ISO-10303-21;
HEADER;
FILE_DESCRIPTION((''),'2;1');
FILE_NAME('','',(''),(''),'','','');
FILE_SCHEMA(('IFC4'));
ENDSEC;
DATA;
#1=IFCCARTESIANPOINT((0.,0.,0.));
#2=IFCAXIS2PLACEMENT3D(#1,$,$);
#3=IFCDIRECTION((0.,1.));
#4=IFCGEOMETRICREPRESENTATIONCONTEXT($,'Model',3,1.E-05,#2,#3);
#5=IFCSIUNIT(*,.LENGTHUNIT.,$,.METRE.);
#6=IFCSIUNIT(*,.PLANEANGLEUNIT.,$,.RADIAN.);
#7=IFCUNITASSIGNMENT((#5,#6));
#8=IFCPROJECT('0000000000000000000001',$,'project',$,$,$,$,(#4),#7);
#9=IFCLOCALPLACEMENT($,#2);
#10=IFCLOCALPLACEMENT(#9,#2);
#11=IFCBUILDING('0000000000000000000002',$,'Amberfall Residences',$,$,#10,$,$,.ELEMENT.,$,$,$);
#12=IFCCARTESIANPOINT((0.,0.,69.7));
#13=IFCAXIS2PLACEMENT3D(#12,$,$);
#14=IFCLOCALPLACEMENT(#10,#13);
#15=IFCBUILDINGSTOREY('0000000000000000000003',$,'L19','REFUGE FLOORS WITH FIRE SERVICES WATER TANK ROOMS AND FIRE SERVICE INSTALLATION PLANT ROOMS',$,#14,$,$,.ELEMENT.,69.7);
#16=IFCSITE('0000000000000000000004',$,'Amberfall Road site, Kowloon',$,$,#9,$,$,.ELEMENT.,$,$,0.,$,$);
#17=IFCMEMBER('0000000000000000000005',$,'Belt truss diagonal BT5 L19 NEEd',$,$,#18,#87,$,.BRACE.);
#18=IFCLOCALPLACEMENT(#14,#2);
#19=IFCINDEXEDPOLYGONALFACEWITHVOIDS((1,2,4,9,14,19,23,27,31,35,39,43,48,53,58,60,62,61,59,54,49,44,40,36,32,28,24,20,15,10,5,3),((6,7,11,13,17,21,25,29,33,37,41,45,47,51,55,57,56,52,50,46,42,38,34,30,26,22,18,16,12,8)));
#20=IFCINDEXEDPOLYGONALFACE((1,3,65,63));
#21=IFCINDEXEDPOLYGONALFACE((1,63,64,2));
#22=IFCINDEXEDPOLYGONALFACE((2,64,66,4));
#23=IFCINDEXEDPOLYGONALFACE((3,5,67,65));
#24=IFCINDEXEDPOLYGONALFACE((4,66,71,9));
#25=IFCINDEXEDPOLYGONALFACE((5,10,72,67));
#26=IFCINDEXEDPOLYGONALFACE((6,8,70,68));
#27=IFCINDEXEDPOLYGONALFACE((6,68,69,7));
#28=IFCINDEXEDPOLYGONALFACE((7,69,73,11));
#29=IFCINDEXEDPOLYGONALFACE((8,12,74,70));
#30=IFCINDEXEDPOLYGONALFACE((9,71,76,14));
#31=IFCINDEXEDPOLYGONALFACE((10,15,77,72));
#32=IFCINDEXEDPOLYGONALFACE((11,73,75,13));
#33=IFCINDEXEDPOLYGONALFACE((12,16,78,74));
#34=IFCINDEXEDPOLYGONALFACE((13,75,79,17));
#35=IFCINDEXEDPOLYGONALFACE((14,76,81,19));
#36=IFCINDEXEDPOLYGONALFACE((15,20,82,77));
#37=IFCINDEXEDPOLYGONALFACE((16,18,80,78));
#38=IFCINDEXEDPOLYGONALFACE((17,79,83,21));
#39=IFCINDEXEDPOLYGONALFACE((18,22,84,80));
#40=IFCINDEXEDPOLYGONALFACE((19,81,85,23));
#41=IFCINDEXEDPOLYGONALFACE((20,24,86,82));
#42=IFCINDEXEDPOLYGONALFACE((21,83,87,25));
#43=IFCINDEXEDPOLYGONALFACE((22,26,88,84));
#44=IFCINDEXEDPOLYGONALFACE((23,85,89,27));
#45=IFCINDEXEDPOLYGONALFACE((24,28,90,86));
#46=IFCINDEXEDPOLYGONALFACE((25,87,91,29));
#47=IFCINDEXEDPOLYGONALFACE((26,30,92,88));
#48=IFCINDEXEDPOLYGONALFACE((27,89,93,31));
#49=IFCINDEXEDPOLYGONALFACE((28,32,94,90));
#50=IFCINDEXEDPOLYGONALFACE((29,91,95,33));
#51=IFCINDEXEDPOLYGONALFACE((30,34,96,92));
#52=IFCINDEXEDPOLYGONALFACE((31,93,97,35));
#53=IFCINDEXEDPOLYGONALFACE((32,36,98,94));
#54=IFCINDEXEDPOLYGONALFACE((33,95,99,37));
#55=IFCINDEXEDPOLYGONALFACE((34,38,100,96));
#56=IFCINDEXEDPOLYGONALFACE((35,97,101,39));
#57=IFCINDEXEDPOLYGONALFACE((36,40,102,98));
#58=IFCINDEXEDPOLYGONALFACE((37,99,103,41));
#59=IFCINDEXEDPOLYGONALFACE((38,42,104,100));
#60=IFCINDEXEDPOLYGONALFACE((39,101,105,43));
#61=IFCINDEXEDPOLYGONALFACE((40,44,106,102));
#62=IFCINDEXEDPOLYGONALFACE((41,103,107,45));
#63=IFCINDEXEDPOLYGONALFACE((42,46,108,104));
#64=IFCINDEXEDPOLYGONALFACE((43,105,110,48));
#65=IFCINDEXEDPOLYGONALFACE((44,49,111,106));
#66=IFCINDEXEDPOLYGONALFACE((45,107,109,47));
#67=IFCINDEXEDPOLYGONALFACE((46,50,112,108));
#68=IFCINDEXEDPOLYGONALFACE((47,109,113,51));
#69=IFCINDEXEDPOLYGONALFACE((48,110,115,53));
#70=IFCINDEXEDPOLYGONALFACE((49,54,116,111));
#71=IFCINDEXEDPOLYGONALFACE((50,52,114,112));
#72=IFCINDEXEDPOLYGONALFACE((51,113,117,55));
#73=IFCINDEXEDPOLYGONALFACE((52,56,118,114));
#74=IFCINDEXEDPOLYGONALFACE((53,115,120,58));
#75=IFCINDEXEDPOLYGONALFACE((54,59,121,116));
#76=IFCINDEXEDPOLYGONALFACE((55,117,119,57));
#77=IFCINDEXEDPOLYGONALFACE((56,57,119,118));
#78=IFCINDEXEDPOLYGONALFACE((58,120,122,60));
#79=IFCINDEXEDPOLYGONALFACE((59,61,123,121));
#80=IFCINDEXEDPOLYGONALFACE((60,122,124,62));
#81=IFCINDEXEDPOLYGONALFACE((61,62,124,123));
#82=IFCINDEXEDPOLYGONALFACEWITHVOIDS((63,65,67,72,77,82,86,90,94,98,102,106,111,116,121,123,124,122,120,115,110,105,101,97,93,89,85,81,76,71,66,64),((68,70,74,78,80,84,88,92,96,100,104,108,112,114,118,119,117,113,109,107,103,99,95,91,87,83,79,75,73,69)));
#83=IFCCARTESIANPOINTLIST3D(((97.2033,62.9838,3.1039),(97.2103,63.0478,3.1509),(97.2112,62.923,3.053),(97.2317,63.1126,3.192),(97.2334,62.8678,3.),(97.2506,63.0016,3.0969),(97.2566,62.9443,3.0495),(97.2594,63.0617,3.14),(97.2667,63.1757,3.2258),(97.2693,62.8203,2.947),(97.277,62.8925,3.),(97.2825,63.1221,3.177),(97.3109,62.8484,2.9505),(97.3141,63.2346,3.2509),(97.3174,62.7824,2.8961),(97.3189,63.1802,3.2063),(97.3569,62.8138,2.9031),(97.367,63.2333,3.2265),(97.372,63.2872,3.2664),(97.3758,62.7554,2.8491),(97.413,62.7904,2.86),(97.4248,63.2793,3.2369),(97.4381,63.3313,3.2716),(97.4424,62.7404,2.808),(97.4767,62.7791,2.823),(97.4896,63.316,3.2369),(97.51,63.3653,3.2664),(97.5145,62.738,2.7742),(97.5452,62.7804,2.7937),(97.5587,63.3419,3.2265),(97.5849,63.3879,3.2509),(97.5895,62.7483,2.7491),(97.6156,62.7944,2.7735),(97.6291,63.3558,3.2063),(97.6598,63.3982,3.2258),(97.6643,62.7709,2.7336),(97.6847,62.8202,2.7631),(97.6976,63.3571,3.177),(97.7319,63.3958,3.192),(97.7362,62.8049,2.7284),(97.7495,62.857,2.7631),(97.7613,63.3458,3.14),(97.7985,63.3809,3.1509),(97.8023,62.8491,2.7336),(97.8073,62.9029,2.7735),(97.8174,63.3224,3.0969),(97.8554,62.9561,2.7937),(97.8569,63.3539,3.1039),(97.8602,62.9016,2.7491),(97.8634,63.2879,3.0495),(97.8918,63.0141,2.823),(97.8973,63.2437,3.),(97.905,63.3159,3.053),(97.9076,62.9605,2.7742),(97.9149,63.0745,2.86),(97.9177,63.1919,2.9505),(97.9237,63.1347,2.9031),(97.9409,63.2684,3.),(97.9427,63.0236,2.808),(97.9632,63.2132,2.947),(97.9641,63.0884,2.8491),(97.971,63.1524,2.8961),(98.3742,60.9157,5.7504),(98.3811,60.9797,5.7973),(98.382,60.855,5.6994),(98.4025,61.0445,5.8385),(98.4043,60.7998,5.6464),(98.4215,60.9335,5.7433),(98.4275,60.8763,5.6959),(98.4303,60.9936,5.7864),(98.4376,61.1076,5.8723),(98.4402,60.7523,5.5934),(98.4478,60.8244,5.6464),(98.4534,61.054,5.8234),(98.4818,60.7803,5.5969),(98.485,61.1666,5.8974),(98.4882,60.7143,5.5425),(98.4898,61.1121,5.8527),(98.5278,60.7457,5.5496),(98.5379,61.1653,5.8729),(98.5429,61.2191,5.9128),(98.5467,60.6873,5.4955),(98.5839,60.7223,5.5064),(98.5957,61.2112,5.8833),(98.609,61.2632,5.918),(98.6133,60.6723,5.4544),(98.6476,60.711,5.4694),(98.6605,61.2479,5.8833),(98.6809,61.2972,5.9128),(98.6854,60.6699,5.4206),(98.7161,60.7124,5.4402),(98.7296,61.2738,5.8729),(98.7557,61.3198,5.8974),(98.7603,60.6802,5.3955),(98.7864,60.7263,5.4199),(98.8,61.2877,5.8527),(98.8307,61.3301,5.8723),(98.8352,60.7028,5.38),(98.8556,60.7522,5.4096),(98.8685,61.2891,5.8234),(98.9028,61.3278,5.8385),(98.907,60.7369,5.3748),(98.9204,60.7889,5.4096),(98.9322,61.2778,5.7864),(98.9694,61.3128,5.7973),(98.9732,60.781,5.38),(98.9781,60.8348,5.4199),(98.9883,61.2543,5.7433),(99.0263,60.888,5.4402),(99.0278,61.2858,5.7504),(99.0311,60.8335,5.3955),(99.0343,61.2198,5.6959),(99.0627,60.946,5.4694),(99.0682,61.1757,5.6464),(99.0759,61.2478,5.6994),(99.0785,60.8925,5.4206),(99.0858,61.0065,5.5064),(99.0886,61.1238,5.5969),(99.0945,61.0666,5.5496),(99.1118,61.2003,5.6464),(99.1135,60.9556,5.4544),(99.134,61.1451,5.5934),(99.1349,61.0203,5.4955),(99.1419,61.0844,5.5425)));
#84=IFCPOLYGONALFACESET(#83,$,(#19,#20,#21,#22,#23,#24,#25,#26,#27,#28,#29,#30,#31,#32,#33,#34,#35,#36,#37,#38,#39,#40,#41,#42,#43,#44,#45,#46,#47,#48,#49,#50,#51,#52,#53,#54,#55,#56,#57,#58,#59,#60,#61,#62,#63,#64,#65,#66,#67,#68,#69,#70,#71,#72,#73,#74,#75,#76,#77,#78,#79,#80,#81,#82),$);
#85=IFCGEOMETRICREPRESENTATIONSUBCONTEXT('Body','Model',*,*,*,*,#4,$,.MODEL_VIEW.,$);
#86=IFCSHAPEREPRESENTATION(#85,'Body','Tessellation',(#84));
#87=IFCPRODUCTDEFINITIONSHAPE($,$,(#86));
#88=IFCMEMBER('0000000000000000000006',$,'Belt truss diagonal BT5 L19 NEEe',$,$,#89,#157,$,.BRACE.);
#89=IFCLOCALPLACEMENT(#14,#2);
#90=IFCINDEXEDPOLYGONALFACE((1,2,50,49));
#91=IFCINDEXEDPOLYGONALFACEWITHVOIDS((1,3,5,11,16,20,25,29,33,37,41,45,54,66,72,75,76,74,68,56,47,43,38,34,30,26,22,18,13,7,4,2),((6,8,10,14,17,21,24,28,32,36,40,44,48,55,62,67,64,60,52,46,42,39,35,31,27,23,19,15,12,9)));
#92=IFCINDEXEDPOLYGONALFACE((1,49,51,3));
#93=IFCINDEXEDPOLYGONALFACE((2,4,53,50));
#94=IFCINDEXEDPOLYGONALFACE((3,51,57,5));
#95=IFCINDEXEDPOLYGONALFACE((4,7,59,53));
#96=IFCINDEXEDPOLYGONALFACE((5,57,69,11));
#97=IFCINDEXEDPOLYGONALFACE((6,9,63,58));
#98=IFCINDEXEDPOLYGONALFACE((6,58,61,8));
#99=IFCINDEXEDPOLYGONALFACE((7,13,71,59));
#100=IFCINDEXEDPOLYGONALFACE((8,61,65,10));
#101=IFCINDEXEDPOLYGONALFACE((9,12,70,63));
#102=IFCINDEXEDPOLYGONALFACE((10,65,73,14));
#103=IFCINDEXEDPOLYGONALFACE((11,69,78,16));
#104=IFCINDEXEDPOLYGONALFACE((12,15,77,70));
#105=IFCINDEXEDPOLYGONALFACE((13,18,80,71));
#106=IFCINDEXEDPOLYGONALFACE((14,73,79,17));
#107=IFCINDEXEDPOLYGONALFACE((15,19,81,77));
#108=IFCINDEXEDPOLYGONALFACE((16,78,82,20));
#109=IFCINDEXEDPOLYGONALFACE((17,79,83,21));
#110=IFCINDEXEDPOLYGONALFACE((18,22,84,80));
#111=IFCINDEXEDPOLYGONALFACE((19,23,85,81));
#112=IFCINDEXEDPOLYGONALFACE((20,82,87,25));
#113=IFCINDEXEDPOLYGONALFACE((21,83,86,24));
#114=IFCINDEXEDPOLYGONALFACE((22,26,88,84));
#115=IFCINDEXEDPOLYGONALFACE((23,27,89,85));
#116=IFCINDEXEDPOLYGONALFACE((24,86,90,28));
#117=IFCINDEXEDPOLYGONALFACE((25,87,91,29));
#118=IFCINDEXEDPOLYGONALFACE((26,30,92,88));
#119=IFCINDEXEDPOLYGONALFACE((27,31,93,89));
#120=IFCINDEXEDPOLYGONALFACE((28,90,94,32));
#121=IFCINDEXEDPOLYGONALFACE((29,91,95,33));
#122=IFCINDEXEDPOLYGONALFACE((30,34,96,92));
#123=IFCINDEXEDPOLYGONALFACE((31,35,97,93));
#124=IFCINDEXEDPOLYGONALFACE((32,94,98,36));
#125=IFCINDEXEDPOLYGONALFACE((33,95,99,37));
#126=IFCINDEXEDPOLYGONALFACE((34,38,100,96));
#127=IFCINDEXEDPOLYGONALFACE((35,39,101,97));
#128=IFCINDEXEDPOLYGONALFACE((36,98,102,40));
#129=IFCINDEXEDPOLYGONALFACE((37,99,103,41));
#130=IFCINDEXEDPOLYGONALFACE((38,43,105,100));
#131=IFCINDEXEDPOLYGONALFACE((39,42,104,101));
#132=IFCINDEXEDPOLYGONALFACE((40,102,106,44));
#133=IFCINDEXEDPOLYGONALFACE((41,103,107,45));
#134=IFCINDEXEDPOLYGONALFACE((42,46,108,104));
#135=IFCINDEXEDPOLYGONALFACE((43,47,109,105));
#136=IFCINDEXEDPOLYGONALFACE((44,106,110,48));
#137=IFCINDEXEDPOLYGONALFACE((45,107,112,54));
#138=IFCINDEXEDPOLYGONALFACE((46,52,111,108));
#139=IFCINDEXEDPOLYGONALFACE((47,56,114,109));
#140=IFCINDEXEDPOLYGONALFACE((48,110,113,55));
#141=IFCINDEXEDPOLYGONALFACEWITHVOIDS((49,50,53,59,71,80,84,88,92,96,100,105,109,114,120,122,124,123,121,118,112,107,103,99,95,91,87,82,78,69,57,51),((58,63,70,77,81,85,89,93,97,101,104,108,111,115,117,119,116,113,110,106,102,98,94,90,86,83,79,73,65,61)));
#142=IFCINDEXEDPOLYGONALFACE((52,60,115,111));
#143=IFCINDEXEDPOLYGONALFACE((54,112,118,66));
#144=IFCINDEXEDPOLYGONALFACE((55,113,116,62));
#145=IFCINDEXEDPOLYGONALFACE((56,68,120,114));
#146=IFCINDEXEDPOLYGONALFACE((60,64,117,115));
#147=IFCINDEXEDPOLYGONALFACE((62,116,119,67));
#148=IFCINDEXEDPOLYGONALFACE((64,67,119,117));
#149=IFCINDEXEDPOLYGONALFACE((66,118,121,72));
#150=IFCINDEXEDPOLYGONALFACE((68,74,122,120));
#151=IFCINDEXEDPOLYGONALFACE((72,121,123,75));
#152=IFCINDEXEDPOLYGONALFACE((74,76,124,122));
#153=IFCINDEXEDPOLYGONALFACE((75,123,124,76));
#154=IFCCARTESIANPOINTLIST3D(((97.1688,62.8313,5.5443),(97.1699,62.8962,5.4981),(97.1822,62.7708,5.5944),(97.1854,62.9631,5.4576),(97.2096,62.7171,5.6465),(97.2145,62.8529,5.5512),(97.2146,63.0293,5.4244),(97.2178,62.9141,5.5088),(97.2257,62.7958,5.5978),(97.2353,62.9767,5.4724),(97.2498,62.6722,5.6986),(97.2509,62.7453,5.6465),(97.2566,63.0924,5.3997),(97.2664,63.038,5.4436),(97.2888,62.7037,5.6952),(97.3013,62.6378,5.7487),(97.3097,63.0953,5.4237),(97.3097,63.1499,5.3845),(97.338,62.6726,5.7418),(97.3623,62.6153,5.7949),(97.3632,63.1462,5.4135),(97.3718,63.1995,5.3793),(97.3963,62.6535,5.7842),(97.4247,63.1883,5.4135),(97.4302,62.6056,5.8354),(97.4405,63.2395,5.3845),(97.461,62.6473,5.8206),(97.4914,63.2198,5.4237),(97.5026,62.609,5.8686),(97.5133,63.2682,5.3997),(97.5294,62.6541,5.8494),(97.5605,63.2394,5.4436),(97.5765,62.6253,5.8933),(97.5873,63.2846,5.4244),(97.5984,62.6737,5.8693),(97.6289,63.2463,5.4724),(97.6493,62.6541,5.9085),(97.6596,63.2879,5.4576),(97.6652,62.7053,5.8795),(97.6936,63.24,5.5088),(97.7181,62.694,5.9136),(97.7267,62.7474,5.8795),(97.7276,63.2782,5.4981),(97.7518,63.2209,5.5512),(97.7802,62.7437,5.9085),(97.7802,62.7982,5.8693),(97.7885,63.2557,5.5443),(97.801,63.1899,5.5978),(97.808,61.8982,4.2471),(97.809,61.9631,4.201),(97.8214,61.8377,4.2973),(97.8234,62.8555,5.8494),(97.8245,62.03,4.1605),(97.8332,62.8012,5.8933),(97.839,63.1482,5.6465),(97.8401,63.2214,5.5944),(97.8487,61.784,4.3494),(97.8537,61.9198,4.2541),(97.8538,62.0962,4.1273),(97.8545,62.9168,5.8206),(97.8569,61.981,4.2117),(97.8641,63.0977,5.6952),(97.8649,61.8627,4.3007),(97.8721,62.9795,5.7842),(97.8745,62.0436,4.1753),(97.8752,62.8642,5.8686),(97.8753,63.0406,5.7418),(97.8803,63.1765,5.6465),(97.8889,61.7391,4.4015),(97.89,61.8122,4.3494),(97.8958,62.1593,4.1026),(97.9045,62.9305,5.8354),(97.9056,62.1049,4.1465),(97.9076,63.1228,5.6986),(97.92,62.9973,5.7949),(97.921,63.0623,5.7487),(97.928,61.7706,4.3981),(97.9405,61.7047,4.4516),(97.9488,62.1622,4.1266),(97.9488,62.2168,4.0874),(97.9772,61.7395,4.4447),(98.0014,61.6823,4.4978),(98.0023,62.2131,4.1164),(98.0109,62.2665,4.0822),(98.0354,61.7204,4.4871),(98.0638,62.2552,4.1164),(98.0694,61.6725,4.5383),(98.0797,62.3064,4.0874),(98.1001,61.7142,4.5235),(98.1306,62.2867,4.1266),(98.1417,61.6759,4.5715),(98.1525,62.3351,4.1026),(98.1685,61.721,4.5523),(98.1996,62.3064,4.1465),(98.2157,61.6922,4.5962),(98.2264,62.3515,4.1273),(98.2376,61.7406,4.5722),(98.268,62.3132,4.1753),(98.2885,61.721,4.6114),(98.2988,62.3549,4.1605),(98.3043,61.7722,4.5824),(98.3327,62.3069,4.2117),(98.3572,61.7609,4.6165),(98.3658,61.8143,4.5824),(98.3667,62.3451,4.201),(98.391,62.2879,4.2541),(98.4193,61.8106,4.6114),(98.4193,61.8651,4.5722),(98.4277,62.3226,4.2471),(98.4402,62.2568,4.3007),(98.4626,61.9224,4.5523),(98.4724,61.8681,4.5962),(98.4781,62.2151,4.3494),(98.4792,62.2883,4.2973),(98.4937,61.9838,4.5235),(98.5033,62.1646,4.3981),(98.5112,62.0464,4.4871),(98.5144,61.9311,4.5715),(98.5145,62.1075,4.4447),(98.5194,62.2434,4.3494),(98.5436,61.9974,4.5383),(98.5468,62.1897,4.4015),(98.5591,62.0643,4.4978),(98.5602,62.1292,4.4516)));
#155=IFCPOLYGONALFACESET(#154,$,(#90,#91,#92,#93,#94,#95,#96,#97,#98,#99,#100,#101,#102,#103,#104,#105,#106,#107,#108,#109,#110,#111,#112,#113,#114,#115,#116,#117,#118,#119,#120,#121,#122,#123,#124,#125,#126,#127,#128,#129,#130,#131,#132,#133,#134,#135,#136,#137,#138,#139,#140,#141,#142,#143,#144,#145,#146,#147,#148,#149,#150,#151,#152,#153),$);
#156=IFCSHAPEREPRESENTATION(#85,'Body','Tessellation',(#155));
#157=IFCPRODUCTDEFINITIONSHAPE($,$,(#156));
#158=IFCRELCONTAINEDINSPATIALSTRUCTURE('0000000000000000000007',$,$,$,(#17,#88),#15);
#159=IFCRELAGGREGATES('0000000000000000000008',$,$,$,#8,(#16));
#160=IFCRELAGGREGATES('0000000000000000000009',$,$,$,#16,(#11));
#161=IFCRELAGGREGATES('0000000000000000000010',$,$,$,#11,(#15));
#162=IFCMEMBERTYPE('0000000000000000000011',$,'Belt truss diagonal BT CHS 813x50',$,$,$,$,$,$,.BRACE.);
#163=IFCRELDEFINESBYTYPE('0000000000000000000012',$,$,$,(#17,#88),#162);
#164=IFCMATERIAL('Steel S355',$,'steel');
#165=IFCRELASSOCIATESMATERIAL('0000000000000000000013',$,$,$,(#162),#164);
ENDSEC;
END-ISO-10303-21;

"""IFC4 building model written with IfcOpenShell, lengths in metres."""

from ifc_helpers import new_model, si_unit, direction, frame, origin, origin_2d, place, context, subcontext, project, spatial, hollow_circle, extrude, material, material_profile, profile_set, type_object, element, save


model = new_model("IFC4")

# Units and contexts
model_context = context("Model", 3, precision=1e-05, world=origin(), true_north=direction((0.0, 1.0)))
body_context = subcontext(model_context, "Body", "Model", "MODEL_VIEW")
ifc_project = project(units=[si_unit("LENGTHUNIT", "METRE"), si_unit("PLANEANGLEUNIT", "RADIAN")], contexts=[model_context])

# Site, building, storey
site_placement = place(None, origin())
site = spatial("IfcSite", under=ifc_project, at=site_placement, Name="Amberfall Road site, Kowloon", CompositionType="ELEMENT", RefElevation=0.0)
building_placement = place(site_placement, origin())
building = spatial("IfcBuilding", under=site, at=building_placement, Name="Amberfall Residences", CompositionType="ELEMENT")
storey_placement = place(building_placement, frame((0.0, 0.0, 69.7)))
storey = spatial("IfcBuildingStorey", under=building, at=storey_placement, Name="L19", Description="REFUGE FLOORS WITH FIRE SERVICES WATER TANK ROOMS AND FIRE SERVICE INSTALLATION PLANT ROOMS", CompositionType="ELEMENT", Elevation=69.7)

# Shared definitions
ifc_material_1 = material(Name="Steel S355", Category="steel")

# Members
ifc_material_profile_1 = material_profile(ifc_material_1, hollow_circle(Radius=0.4065, WallThickness=0.05, at=origin_2d()), Name="CHS 813x50")
ifc_profile_set_1 = profile_set([ifc_material_profile_1], Name="Steel S355")
member_type = type_object("IfcMemberType", Name="Belt truss diagonal BT CHS 813x50", PredefinedType="BRACE", material=ifc_profile_set_1)
member_1_placement = place(storey_placement, frame((97.5872, 63.0681, 3.0), z_axis=(0.329185, -0.581427, 0.744029), x_axis=(0.870209, 0.492683, 0.0)))
element("IfcMember", 1, at=member_1_placement, inside=storey, type_object=member_type, Name="Belt truss diagonal BT5 L19 NEEd", PredefinedType="BRACE", context=body_context, shape_type="SweptSolid", body=[
    extrude(hollow_circle(Radius=0.4065, WallThickness=0.05, at=origin_2d()), origin(), (0.0, 0.0, 1.0), 3.5569),
])
member_2_placement = place(storey_placement, frame((97.5449, 62.9468, 5.6465), z_axis=(0.371396, -0.542198, -0.753715), x_axis=(0.825011, 0.565117, 0.0)))
element("IfcMember", 2, at=member_2_placement, inside=storey, type_object=member_type, Name="Belt truss diagonal BT5 L19 NEEe", PredefinedType="BRACE", context=body_context, shape_type="SweptSolid", body=[
    extrude(hollow_circle(Radius=0.4065, WallThickness=0.05, at=origin_2d()), origin(), (0.0, 0.0, 1.0), 1.7209),
])

save(model, "model.ifc")
